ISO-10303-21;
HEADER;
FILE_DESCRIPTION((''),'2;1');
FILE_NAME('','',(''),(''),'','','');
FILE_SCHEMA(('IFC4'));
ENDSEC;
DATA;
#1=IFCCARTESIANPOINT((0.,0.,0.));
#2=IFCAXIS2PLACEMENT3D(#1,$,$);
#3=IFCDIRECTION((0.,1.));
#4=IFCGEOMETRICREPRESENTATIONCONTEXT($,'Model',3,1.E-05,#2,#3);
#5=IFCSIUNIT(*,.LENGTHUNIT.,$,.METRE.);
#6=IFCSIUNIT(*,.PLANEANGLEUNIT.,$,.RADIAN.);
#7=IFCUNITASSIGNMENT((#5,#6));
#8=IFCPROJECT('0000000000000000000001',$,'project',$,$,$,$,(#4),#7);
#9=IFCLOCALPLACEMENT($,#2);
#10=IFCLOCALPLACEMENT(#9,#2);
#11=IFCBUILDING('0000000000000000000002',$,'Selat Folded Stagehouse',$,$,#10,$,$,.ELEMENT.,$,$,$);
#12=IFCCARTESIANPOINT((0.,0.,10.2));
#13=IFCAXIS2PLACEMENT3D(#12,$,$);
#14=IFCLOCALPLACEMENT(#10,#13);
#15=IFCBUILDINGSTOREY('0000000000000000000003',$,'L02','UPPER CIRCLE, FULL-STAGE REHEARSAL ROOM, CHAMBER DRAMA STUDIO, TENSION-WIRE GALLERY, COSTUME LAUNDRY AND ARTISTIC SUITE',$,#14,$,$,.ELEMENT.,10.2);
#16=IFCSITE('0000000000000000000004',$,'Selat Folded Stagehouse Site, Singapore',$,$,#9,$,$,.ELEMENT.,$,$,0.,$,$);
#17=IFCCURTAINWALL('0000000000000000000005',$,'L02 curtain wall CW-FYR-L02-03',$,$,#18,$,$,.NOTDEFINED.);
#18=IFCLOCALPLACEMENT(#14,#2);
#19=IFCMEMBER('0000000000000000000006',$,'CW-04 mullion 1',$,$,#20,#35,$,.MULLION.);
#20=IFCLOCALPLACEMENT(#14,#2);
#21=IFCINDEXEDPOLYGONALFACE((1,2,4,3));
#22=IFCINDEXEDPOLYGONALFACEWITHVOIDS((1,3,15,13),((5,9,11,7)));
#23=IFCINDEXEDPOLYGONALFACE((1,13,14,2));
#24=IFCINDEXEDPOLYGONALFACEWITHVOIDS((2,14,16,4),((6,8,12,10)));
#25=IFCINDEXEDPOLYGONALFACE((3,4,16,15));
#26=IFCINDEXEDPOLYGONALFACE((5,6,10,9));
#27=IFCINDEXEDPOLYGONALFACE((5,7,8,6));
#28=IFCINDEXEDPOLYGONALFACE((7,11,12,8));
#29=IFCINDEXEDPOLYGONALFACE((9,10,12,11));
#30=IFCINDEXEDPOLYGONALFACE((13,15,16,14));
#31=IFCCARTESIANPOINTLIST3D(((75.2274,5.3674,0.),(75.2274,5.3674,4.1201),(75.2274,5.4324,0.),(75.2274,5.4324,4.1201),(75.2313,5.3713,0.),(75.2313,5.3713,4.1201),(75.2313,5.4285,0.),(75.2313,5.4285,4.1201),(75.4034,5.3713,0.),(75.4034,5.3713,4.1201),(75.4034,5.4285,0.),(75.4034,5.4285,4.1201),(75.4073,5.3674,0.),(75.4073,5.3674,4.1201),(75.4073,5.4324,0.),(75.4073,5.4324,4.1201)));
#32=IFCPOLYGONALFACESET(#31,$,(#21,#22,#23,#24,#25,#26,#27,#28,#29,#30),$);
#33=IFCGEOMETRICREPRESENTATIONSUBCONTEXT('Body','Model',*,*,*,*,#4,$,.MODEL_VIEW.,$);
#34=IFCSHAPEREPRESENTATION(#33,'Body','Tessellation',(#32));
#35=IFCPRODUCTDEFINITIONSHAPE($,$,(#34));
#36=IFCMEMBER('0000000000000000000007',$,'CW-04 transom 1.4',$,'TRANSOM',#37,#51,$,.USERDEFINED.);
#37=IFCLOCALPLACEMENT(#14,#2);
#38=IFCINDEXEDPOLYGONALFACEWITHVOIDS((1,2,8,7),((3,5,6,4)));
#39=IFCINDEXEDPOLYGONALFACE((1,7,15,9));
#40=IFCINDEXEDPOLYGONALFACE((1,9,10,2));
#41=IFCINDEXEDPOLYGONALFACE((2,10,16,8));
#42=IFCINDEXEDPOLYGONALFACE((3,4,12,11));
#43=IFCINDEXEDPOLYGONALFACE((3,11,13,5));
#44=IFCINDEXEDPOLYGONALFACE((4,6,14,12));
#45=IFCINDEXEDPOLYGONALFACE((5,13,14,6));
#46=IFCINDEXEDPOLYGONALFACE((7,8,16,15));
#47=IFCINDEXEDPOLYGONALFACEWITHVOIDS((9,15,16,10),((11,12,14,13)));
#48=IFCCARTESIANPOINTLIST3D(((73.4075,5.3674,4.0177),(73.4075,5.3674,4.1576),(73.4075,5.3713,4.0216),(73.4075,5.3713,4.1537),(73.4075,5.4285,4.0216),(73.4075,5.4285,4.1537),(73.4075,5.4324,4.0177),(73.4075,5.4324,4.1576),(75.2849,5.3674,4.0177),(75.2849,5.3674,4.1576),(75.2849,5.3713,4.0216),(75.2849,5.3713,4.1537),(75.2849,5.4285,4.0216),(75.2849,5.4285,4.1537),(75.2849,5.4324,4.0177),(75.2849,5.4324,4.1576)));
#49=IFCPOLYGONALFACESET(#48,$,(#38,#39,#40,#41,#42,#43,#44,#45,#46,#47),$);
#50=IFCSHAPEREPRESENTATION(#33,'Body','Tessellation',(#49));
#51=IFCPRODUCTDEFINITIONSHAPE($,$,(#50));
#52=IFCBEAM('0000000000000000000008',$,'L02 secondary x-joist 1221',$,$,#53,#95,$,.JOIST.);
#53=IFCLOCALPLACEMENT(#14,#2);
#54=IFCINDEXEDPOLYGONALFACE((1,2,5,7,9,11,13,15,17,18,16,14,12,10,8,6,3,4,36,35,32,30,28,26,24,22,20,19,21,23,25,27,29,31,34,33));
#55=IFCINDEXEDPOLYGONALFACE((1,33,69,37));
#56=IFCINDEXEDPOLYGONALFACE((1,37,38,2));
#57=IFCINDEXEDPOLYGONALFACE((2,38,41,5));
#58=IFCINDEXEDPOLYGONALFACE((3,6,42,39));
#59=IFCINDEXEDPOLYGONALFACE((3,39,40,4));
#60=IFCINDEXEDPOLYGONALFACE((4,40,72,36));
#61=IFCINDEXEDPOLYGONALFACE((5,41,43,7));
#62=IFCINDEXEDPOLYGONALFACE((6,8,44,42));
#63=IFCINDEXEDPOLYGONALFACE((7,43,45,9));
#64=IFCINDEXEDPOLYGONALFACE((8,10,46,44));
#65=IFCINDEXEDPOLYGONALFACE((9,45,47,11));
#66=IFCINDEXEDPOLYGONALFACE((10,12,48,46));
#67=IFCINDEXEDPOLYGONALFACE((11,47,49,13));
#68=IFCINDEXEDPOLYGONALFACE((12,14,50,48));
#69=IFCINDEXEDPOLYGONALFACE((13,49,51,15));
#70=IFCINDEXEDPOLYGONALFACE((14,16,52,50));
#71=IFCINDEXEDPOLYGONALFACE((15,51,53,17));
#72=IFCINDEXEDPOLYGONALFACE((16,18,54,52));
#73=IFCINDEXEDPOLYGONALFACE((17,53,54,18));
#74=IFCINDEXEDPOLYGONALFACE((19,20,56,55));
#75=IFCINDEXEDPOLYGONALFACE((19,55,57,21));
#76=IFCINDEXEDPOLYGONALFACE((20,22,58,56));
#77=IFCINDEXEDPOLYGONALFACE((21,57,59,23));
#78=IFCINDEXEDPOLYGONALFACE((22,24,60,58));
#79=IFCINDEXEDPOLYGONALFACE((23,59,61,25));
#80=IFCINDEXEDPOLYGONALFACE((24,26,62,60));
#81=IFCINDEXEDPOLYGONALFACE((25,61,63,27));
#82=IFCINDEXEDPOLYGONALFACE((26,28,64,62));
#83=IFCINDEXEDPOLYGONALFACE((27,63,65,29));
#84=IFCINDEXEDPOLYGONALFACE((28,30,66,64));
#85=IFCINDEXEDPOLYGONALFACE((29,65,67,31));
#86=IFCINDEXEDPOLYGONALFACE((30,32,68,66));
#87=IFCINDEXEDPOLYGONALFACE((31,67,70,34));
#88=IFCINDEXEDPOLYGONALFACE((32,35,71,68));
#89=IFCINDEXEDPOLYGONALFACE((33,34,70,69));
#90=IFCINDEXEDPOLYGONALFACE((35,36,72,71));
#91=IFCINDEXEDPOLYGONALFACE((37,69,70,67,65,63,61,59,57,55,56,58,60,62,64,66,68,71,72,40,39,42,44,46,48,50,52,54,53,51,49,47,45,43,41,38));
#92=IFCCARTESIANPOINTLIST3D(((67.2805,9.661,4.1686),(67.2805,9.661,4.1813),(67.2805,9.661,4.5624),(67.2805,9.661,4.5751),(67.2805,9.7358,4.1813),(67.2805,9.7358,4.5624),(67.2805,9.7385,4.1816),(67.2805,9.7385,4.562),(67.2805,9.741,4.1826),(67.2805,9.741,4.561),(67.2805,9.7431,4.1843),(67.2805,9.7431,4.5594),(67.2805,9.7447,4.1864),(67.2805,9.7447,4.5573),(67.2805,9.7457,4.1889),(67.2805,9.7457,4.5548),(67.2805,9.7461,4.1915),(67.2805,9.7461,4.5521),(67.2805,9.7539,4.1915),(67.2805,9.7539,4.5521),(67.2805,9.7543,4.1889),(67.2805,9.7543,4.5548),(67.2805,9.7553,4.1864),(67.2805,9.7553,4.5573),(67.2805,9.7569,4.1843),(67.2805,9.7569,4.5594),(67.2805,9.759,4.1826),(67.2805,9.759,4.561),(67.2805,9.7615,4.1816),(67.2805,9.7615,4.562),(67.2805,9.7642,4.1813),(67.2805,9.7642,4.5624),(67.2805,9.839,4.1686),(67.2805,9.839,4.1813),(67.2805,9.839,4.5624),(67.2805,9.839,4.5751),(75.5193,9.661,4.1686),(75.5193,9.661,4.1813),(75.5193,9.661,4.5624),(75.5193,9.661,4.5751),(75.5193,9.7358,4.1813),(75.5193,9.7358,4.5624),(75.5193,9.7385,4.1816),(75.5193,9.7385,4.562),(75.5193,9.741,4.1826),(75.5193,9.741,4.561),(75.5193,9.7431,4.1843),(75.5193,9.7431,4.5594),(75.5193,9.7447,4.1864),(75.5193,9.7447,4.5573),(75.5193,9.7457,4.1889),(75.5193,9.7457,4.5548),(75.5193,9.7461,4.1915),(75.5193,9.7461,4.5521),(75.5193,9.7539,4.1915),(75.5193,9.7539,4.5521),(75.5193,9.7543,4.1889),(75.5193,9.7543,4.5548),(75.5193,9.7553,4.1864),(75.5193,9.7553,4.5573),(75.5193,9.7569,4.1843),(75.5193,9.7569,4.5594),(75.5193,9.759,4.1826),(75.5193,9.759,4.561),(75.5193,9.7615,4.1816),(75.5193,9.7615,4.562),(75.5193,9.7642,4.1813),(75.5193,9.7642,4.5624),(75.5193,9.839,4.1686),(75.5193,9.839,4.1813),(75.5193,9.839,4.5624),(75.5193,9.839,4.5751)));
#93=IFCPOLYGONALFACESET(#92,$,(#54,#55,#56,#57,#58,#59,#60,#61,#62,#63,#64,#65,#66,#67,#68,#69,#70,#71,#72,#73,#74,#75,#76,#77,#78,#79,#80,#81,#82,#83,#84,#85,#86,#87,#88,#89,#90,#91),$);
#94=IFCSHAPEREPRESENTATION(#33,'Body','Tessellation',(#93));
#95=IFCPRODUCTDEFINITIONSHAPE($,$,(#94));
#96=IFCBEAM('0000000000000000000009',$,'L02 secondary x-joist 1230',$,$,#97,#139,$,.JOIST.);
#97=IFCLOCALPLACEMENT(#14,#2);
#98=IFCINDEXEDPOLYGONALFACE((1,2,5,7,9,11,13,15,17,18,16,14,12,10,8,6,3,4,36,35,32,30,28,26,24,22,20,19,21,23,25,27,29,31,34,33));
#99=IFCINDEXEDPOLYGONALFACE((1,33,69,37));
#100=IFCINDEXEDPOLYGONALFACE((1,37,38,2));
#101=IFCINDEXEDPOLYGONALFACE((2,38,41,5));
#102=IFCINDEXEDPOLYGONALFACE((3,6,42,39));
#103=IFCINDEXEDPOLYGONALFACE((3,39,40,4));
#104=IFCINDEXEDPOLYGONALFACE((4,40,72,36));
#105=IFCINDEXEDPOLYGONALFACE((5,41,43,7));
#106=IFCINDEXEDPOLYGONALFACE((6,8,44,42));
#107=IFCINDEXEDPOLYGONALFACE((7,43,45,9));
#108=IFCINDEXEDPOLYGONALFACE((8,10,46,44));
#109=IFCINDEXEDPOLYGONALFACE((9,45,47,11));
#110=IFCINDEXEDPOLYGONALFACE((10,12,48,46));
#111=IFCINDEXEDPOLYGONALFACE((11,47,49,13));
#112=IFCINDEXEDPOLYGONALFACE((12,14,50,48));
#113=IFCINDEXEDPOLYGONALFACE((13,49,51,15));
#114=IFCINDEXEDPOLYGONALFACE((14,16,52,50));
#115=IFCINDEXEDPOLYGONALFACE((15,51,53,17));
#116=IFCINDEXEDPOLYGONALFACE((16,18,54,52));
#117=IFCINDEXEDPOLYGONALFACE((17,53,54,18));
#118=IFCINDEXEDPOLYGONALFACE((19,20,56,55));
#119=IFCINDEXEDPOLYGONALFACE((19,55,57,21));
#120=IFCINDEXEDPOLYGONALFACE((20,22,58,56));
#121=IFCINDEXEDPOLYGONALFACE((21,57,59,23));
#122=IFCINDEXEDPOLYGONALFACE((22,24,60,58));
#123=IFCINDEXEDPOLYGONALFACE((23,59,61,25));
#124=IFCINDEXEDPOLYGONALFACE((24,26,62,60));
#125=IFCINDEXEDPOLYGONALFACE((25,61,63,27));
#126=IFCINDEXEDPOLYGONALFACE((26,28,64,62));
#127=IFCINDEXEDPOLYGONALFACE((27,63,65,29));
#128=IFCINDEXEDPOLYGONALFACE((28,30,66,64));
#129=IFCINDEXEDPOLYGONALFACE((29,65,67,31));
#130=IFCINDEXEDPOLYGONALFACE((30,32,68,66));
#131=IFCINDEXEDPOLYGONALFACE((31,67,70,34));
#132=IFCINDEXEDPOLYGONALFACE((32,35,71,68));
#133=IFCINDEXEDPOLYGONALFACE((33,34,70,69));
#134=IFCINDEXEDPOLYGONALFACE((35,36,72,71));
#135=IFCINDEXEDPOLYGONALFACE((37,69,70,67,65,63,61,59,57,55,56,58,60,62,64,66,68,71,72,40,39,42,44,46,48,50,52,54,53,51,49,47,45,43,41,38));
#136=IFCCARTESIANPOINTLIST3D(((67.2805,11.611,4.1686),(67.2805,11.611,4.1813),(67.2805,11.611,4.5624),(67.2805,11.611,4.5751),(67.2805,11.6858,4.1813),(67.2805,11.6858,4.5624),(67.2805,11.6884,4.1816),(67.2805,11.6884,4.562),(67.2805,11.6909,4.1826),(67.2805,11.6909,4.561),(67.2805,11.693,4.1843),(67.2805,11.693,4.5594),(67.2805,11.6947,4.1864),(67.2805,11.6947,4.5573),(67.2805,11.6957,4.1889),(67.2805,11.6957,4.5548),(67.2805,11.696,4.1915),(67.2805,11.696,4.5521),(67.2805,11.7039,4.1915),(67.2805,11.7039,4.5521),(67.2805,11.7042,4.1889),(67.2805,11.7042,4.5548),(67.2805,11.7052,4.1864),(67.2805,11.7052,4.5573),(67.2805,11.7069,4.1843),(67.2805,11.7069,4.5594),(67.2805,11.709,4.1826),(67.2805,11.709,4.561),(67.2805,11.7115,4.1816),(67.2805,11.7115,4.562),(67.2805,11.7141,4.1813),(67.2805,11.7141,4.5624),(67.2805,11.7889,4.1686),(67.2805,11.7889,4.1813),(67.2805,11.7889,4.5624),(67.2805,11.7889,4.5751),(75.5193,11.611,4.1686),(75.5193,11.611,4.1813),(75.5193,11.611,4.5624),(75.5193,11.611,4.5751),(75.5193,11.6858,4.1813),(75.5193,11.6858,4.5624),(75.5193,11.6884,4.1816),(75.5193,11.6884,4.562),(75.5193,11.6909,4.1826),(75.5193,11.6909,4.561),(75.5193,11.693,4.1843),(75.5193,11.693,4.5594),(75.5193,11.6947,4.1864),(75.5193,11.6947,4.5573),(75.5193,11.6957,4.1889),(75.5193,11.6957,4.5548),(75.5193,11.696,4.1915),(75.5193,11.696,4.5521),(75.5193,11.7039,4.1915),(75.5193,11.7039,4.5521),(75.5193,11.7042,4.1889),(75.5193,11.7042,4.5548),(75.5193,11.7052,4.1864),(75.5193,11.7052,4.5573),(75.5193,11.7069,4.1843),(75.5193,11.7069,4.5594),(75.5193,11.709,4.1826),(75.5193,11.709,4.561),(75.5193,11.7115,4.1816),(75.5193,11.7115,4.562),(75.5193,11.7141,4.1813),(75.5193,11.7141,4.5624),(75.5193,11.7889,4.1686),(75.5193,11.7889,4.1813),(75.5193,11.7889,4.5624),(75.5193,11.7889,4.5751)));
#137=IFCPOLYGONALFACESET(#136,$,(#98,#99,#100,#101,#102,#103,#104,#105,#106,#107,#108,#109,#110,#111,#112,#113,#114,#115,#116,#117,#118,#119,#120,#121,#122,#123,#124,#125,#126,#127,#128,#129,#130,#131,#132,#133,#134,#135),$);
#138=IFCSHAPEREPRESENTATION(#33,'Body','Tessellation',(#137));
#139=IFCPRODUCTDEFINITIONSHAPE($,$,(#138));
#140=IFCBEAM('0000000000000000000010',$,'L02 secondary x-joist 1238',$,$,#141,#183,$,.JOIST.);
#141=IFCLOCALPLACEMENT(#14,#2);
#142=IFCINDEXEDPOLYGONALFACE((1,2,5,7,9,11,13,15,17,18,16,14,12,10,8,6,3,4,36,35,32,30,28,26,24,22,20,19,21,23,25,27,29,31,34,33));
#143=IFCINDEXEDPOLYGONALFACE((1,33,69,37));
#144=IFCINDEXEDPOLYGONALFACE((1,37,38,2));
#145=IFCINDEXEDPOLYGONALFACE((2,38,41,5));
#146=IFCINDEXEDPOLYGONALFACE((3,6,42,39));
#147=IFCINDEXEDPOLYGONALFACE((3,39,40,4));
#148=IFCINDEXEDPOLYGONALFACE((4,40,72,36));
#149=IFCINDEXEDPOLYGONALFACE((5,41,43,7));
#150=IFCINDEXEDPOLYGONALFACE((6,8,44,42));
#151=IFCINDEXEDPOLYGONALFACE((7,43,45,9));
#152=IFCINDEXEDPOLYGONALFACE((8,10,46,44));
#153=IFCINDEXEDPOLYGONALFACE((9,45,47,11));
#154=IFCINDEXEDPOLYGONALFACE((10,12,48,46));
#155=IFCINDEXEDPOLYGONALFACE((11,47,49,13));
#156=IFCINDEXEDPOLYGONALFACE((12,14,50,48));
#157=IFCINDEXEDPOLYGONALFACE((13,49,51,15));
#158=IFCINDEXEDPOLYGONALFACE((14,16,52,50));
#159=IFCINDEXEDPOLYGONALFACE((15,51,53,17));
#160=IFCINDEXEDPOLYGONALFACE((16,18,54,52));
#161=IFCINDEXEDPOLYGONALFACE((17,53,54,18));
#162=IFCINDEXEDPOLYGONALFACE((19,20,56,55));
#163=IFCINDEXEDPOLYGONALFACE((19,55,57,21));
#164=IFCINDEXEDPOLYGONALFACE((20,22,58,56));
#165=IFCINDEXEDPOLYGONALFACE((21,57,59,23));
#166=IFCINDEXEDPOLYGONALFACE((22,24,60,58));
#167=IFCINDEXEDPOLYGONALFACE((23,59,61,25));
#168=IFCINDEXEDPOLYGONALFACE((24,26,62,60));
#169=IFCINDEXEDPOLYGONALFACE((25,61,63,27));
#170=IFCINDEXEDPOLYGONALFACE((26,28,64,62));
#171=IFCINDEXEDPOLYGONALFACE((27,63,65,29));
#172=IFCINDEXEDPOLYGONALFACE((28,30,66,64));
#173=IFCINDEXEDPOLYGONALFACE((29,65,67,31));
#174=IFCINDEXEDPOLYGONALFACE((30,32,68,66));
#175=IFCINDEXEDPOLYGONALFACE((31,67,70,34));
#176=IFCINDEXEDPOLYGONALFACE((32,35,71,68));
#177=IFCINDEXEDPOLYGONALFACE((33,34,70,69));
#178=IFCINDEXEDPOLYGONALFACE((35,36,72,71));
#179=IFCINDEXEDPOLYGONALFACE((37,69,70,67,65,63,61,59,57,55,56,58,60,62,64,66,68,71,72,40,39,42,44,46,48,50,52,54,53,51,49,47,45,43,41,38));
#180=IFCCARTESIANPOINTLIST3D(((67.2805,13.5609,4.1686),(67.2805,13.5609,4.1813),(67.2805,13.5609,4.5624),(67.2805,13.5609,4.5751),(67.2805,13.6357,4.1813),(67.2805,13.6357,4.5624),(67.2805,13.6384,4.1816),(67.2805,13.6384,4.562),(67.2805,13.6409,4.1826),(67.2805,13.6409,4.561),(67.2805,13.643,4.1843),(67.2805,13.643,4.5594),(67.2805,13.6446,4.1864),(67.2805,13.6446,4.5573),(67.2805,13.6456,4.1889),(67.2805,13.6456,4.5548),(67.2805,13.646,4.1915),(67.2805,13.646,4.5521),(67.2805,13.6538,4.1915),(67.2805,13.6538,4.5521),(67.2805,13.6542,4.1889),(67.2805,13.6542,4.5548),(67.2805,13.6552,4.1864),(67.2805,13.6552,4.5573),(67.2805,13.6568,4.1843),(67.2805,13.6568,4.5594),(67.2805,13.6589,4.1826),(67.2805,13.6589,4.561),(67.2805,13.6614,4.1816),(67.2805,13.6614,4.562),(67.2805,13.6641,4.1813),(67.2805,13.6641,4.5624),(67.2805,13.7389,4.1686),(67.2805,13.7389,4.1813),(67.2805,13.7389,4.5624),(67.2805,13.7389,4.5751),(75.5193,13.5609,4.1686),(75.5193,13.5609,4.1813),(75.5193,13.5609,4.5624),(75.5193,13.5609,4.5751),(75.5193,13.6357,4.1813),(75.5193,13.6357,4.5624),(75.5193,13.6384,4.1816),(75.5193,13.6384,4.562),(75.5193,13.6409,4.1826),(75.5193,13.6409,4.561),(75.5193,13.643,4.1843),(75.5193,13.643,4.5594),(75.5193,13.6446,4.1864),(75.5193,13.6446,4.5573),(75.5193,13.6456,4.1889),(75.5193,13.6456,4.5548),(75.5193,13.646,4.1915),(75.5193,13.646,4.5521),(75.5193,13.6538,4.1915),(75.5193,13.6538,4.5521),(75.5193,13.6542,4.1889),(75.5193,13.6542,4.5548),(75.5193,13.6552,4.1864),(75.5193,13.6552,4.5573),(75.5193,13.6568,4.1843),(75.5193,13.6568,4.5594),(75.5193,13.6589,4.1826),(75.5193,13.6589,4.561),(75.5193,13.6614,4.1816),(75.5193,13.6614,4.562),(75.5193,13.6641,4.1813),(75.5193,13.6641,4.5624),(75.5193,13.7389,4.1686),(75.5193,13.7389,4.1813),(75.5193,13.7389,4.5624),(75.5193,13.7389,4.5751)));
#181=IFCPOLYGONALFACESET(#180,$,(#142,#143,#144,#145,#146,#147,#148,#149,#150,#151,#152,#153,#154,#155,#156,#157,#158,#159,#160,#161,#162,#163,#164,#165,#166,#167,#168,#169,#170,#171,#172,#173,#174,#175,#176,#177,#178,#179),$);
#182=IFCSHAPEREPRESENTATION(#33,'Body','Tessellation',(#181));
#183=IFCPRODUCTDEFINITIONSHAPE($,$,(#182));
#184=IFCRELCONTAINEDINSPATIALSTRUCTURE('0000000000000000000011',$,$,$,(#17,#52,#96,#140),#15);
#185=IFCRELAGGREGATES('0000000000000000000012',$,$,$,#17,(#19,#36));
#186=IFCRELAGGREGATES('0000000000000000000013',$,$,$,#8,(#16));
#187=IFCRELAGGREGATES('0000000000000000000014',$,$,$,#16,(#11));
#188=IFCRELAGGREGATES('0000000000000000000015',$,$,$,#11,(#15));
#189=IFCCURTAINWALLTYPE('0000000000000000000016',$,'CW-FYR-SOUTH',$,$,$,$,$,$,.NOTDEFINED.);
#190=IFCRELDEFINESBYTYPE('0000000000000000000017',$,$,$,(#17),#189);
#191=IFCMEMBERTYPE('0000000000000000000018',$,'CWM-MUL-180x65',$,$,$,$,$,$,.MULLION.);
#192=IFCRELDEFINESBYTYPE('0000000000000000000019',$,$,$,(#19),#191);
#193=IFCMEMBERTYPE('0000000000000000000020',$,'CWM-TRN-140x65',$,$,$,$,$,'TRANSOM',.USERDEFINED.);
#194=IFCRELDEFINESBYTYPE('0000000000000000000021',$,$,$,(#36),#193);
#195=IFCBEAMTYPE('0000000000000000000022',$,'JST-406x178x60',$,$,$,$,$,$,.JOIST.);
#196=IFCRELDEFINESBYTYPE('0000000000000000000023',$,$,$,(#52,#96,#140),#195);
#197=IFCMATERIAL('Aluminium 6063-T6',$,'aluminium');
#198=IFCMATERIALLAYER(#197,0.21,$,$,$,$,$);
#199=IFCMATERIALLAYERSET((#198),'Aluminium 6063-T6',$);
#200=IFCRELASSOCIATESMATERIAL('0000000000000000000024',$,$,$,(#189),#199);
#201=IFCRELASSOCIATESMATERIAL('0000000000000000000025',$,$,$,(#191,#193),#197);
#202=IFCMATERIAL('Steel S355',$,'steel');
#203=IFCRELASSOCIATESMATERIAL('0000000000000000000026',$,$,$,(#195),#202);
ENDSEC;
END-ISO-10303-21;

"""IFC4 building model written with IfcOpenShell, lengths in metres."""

from ifc_helpers import new_model, si_unit, direction, frame, origin, origin_2d, place, context, subcontext, project, spatial, hollow_rectangle, i_section, extrude, material, layer, layer_set, material_profile, profile_set, type_object, element, aggregate, save


model = new_model("IFC4")

# Units and contexts
model_context = context("Model", 3, precision=1e-05, world=origin(), true_north=direction((0.0, 1.0)))
body_context = subcontext(model_context, "Body", "Model", "MODEL_VIEW")
ifc_project = project(units=[si_unit("LENGTHUNIT", "METRE"), si_unit("PLANEANGLEUNIT", "RADIAN")], contexts=[model_context])

# Site, building, storey
site_placement = place(None, origin())
site = spatial("IfcSite", under=ifc_project, at=site_placement, Name="Selat Folded Stagehouse Site, Singapore", CompositionType="ELEMENT", RefElevation=0.0)
building_placement = place(site_placement, origin())
building = spatial("IfcBuilding", under=site, at=building_placement, Name="Selat Folded Stagehouse", CompositionType="ELEMENT")
storey_placement = place(building_placement, frame((0.0, 0.0, 10.2)))
storey = spatial("IfcBuildingStorey", under=building, at=storey_placement, Name="L02", Description="UPPER CIRCLE, FULL-STAGE REHEARSAL ROOM, CHAMBER DRAMA STUDIO, TENSION-WIRE GALLERY, COSTUME LAUNDRY AND ARTISTIC SUITE", CompositionType="ELEMENT", Elevation=10.2)

# Shared definitions
ifc_material_1 = material(Name="Steel S355", Category="steel")

# Curtain wall, members
ifc_material_2 = material(Name="Aluminium 6063-T6", Category="aluminium")
ifc_layer_1 = layer(ifc_material_2, 0.21)
ifc_layer_set_1 = layer_set([ifc_layer_1], Name="Aluminium 6063-T6")
curtain_wall_type = type_object("IfcCurtainWallType", Name="CW-FYR-SOUTH", PredefinedType="NOTDEFINED", material=ifc_layer_set_1)
curtain_wall_placement = place(storey_placement, origin())
curtain_wall = element("IfcCurtainWall", 1, at=curtain_wall_placement, inside=storey, type_object=curtain_wall_type, Name="L02 curtain wall CW-FYR-L02-03", PredefinedType="NOTDEFINED")
ifc_material_profile_1 = material_profile(ifc_material_2, hollow_rectangle(XDim=0.0649, YDim=0.1799, WallThickness=0.0039, at=origin_2d()), Name="ALU 180x65x4.0")
ifc_profile_set_1 = profile_set([ifc_material_profile_1], Name="Aluminium 6063-T6")
member_type_1 = type_object("IfcMemberType", Name="CWM-MUL-180x65", PredefinedType="MULLION", material=ifc_profile_set_1)
member_1_placement = place(storey_placement, frame((75.3174, 5.3999, 0.0), z_axis=(0.0, 0.0, 1.0), x_axis=(0.0, -1.0, 0.0)))
member_1 = element("IfcMember", 2, at=member_1_placement, type_object=member_type_1, Name="CW-04 mullion 1", PredefinedType="MULLION", context=body_context, shape_type="SweptSolid", body=[
    extrude(hollow_rectangle(XDim=0.0649, YDim=0.1799, WallThickness=0.0039, at=origin_2d()), origin(), (0.0, 0.0, 1.0), 4.1201),
])
ifc_material_profile_2 = material_profile(ifc_material_2, hollow_rectangle(XDim=0.0649, YDim=0.1399, WallThickness=0.0039, at=origin_2d()), Name="ALU 140x65x4.0")
ifc_profile_set_2 = profile_set([ifc_material_profile_2], Name="Aluminium 6063-T6")
member_type_2 = type_object("IfcMemberType", Name="CWM-TRN-140x65", ElementType="TRANSOM", PredefinedType="USERDEFINED", material=ifc_profile_set_2)
member_2_placement = place(storey_placement, frame((75.2849, 5.3999, 4.0876), z_axis=(-1.0, 0.0, 0.0), x_axis=(0.0, -1.0, 0.0)))
member_2 = element("IfcMember", 3, at=member_2_placement, type_object=member_type_2, Name="CW-04 transom 1.4", ObjectType="TRANSOM", PredefinedType="USERDEFINED", context=body_context, shape_type="SweptSolid", body=[
    extrude(hollow_rectangle(XDim=0.0649, YDim=0.1399, WallThickness=0.0039, at=origin_2d()), origin(), (0.0, 0.0, 1.0), 1.8774),
])
aggregate(curtain_wall, [member_1, member_2])

# Beams
ifc_material_profile_3 = material_profile(ifc_material_1, i_section(OverallWidth=0.178, OverallDepth=0.4065, WebThickness=0.0078, FlangeThickness=0.0127, FilletRadius=0.0103, at=origin_2d()), Name="UKB 406x178x60")
ifc_profile_set_3 = profile_set([ifc_material_profile_3], Name="Steel S355")
beam_type_1 = type_object("IfcBeamType", Name="JST-406x178x60", PredefinedType="JOIST", material=ifc_profile_set_3)
for number, where, z_axis, x_axis, name in (
    (4, (67.2805, 9.75, 4.3718), (1.0, 0.0, 0.0), (0.0, 1.0, 0.0), "L02 secondary x-joist 1221"),
    (5, (67.2805, 11.7, 4.3718), (1.0, 0.0, 0.0), (0.0, 1.0, 0.0), "L02 secondary x-joist 1230"),
    (6, (67.2805, 13.6499, 4.3718), (1.0, 0.0, 0.0), (0.0, 1.0, 0.0), "L02 secondary x-joist 1238"),
):
    element("IfcBeam", number, at=place(storey_placement, frame(where, z_axis=z_axis, x_axis=x_axis)), inside=storey, type_object=beam_type_1, Name=name, PredefinedType="JOIST", context=body_context, shape_type="SweptSolid", body=[
        extrude(i_section(OverallWidth=0.178, OverallDepth=0.4065, WebThickness=0.0078, FlangeThickness=0.0127, FilletRadius=0.0103, at=origin_2d()), origin(), (0.0, 0.0, 1.0), 8.2388),
    ])

save(model, "model.ifc")
